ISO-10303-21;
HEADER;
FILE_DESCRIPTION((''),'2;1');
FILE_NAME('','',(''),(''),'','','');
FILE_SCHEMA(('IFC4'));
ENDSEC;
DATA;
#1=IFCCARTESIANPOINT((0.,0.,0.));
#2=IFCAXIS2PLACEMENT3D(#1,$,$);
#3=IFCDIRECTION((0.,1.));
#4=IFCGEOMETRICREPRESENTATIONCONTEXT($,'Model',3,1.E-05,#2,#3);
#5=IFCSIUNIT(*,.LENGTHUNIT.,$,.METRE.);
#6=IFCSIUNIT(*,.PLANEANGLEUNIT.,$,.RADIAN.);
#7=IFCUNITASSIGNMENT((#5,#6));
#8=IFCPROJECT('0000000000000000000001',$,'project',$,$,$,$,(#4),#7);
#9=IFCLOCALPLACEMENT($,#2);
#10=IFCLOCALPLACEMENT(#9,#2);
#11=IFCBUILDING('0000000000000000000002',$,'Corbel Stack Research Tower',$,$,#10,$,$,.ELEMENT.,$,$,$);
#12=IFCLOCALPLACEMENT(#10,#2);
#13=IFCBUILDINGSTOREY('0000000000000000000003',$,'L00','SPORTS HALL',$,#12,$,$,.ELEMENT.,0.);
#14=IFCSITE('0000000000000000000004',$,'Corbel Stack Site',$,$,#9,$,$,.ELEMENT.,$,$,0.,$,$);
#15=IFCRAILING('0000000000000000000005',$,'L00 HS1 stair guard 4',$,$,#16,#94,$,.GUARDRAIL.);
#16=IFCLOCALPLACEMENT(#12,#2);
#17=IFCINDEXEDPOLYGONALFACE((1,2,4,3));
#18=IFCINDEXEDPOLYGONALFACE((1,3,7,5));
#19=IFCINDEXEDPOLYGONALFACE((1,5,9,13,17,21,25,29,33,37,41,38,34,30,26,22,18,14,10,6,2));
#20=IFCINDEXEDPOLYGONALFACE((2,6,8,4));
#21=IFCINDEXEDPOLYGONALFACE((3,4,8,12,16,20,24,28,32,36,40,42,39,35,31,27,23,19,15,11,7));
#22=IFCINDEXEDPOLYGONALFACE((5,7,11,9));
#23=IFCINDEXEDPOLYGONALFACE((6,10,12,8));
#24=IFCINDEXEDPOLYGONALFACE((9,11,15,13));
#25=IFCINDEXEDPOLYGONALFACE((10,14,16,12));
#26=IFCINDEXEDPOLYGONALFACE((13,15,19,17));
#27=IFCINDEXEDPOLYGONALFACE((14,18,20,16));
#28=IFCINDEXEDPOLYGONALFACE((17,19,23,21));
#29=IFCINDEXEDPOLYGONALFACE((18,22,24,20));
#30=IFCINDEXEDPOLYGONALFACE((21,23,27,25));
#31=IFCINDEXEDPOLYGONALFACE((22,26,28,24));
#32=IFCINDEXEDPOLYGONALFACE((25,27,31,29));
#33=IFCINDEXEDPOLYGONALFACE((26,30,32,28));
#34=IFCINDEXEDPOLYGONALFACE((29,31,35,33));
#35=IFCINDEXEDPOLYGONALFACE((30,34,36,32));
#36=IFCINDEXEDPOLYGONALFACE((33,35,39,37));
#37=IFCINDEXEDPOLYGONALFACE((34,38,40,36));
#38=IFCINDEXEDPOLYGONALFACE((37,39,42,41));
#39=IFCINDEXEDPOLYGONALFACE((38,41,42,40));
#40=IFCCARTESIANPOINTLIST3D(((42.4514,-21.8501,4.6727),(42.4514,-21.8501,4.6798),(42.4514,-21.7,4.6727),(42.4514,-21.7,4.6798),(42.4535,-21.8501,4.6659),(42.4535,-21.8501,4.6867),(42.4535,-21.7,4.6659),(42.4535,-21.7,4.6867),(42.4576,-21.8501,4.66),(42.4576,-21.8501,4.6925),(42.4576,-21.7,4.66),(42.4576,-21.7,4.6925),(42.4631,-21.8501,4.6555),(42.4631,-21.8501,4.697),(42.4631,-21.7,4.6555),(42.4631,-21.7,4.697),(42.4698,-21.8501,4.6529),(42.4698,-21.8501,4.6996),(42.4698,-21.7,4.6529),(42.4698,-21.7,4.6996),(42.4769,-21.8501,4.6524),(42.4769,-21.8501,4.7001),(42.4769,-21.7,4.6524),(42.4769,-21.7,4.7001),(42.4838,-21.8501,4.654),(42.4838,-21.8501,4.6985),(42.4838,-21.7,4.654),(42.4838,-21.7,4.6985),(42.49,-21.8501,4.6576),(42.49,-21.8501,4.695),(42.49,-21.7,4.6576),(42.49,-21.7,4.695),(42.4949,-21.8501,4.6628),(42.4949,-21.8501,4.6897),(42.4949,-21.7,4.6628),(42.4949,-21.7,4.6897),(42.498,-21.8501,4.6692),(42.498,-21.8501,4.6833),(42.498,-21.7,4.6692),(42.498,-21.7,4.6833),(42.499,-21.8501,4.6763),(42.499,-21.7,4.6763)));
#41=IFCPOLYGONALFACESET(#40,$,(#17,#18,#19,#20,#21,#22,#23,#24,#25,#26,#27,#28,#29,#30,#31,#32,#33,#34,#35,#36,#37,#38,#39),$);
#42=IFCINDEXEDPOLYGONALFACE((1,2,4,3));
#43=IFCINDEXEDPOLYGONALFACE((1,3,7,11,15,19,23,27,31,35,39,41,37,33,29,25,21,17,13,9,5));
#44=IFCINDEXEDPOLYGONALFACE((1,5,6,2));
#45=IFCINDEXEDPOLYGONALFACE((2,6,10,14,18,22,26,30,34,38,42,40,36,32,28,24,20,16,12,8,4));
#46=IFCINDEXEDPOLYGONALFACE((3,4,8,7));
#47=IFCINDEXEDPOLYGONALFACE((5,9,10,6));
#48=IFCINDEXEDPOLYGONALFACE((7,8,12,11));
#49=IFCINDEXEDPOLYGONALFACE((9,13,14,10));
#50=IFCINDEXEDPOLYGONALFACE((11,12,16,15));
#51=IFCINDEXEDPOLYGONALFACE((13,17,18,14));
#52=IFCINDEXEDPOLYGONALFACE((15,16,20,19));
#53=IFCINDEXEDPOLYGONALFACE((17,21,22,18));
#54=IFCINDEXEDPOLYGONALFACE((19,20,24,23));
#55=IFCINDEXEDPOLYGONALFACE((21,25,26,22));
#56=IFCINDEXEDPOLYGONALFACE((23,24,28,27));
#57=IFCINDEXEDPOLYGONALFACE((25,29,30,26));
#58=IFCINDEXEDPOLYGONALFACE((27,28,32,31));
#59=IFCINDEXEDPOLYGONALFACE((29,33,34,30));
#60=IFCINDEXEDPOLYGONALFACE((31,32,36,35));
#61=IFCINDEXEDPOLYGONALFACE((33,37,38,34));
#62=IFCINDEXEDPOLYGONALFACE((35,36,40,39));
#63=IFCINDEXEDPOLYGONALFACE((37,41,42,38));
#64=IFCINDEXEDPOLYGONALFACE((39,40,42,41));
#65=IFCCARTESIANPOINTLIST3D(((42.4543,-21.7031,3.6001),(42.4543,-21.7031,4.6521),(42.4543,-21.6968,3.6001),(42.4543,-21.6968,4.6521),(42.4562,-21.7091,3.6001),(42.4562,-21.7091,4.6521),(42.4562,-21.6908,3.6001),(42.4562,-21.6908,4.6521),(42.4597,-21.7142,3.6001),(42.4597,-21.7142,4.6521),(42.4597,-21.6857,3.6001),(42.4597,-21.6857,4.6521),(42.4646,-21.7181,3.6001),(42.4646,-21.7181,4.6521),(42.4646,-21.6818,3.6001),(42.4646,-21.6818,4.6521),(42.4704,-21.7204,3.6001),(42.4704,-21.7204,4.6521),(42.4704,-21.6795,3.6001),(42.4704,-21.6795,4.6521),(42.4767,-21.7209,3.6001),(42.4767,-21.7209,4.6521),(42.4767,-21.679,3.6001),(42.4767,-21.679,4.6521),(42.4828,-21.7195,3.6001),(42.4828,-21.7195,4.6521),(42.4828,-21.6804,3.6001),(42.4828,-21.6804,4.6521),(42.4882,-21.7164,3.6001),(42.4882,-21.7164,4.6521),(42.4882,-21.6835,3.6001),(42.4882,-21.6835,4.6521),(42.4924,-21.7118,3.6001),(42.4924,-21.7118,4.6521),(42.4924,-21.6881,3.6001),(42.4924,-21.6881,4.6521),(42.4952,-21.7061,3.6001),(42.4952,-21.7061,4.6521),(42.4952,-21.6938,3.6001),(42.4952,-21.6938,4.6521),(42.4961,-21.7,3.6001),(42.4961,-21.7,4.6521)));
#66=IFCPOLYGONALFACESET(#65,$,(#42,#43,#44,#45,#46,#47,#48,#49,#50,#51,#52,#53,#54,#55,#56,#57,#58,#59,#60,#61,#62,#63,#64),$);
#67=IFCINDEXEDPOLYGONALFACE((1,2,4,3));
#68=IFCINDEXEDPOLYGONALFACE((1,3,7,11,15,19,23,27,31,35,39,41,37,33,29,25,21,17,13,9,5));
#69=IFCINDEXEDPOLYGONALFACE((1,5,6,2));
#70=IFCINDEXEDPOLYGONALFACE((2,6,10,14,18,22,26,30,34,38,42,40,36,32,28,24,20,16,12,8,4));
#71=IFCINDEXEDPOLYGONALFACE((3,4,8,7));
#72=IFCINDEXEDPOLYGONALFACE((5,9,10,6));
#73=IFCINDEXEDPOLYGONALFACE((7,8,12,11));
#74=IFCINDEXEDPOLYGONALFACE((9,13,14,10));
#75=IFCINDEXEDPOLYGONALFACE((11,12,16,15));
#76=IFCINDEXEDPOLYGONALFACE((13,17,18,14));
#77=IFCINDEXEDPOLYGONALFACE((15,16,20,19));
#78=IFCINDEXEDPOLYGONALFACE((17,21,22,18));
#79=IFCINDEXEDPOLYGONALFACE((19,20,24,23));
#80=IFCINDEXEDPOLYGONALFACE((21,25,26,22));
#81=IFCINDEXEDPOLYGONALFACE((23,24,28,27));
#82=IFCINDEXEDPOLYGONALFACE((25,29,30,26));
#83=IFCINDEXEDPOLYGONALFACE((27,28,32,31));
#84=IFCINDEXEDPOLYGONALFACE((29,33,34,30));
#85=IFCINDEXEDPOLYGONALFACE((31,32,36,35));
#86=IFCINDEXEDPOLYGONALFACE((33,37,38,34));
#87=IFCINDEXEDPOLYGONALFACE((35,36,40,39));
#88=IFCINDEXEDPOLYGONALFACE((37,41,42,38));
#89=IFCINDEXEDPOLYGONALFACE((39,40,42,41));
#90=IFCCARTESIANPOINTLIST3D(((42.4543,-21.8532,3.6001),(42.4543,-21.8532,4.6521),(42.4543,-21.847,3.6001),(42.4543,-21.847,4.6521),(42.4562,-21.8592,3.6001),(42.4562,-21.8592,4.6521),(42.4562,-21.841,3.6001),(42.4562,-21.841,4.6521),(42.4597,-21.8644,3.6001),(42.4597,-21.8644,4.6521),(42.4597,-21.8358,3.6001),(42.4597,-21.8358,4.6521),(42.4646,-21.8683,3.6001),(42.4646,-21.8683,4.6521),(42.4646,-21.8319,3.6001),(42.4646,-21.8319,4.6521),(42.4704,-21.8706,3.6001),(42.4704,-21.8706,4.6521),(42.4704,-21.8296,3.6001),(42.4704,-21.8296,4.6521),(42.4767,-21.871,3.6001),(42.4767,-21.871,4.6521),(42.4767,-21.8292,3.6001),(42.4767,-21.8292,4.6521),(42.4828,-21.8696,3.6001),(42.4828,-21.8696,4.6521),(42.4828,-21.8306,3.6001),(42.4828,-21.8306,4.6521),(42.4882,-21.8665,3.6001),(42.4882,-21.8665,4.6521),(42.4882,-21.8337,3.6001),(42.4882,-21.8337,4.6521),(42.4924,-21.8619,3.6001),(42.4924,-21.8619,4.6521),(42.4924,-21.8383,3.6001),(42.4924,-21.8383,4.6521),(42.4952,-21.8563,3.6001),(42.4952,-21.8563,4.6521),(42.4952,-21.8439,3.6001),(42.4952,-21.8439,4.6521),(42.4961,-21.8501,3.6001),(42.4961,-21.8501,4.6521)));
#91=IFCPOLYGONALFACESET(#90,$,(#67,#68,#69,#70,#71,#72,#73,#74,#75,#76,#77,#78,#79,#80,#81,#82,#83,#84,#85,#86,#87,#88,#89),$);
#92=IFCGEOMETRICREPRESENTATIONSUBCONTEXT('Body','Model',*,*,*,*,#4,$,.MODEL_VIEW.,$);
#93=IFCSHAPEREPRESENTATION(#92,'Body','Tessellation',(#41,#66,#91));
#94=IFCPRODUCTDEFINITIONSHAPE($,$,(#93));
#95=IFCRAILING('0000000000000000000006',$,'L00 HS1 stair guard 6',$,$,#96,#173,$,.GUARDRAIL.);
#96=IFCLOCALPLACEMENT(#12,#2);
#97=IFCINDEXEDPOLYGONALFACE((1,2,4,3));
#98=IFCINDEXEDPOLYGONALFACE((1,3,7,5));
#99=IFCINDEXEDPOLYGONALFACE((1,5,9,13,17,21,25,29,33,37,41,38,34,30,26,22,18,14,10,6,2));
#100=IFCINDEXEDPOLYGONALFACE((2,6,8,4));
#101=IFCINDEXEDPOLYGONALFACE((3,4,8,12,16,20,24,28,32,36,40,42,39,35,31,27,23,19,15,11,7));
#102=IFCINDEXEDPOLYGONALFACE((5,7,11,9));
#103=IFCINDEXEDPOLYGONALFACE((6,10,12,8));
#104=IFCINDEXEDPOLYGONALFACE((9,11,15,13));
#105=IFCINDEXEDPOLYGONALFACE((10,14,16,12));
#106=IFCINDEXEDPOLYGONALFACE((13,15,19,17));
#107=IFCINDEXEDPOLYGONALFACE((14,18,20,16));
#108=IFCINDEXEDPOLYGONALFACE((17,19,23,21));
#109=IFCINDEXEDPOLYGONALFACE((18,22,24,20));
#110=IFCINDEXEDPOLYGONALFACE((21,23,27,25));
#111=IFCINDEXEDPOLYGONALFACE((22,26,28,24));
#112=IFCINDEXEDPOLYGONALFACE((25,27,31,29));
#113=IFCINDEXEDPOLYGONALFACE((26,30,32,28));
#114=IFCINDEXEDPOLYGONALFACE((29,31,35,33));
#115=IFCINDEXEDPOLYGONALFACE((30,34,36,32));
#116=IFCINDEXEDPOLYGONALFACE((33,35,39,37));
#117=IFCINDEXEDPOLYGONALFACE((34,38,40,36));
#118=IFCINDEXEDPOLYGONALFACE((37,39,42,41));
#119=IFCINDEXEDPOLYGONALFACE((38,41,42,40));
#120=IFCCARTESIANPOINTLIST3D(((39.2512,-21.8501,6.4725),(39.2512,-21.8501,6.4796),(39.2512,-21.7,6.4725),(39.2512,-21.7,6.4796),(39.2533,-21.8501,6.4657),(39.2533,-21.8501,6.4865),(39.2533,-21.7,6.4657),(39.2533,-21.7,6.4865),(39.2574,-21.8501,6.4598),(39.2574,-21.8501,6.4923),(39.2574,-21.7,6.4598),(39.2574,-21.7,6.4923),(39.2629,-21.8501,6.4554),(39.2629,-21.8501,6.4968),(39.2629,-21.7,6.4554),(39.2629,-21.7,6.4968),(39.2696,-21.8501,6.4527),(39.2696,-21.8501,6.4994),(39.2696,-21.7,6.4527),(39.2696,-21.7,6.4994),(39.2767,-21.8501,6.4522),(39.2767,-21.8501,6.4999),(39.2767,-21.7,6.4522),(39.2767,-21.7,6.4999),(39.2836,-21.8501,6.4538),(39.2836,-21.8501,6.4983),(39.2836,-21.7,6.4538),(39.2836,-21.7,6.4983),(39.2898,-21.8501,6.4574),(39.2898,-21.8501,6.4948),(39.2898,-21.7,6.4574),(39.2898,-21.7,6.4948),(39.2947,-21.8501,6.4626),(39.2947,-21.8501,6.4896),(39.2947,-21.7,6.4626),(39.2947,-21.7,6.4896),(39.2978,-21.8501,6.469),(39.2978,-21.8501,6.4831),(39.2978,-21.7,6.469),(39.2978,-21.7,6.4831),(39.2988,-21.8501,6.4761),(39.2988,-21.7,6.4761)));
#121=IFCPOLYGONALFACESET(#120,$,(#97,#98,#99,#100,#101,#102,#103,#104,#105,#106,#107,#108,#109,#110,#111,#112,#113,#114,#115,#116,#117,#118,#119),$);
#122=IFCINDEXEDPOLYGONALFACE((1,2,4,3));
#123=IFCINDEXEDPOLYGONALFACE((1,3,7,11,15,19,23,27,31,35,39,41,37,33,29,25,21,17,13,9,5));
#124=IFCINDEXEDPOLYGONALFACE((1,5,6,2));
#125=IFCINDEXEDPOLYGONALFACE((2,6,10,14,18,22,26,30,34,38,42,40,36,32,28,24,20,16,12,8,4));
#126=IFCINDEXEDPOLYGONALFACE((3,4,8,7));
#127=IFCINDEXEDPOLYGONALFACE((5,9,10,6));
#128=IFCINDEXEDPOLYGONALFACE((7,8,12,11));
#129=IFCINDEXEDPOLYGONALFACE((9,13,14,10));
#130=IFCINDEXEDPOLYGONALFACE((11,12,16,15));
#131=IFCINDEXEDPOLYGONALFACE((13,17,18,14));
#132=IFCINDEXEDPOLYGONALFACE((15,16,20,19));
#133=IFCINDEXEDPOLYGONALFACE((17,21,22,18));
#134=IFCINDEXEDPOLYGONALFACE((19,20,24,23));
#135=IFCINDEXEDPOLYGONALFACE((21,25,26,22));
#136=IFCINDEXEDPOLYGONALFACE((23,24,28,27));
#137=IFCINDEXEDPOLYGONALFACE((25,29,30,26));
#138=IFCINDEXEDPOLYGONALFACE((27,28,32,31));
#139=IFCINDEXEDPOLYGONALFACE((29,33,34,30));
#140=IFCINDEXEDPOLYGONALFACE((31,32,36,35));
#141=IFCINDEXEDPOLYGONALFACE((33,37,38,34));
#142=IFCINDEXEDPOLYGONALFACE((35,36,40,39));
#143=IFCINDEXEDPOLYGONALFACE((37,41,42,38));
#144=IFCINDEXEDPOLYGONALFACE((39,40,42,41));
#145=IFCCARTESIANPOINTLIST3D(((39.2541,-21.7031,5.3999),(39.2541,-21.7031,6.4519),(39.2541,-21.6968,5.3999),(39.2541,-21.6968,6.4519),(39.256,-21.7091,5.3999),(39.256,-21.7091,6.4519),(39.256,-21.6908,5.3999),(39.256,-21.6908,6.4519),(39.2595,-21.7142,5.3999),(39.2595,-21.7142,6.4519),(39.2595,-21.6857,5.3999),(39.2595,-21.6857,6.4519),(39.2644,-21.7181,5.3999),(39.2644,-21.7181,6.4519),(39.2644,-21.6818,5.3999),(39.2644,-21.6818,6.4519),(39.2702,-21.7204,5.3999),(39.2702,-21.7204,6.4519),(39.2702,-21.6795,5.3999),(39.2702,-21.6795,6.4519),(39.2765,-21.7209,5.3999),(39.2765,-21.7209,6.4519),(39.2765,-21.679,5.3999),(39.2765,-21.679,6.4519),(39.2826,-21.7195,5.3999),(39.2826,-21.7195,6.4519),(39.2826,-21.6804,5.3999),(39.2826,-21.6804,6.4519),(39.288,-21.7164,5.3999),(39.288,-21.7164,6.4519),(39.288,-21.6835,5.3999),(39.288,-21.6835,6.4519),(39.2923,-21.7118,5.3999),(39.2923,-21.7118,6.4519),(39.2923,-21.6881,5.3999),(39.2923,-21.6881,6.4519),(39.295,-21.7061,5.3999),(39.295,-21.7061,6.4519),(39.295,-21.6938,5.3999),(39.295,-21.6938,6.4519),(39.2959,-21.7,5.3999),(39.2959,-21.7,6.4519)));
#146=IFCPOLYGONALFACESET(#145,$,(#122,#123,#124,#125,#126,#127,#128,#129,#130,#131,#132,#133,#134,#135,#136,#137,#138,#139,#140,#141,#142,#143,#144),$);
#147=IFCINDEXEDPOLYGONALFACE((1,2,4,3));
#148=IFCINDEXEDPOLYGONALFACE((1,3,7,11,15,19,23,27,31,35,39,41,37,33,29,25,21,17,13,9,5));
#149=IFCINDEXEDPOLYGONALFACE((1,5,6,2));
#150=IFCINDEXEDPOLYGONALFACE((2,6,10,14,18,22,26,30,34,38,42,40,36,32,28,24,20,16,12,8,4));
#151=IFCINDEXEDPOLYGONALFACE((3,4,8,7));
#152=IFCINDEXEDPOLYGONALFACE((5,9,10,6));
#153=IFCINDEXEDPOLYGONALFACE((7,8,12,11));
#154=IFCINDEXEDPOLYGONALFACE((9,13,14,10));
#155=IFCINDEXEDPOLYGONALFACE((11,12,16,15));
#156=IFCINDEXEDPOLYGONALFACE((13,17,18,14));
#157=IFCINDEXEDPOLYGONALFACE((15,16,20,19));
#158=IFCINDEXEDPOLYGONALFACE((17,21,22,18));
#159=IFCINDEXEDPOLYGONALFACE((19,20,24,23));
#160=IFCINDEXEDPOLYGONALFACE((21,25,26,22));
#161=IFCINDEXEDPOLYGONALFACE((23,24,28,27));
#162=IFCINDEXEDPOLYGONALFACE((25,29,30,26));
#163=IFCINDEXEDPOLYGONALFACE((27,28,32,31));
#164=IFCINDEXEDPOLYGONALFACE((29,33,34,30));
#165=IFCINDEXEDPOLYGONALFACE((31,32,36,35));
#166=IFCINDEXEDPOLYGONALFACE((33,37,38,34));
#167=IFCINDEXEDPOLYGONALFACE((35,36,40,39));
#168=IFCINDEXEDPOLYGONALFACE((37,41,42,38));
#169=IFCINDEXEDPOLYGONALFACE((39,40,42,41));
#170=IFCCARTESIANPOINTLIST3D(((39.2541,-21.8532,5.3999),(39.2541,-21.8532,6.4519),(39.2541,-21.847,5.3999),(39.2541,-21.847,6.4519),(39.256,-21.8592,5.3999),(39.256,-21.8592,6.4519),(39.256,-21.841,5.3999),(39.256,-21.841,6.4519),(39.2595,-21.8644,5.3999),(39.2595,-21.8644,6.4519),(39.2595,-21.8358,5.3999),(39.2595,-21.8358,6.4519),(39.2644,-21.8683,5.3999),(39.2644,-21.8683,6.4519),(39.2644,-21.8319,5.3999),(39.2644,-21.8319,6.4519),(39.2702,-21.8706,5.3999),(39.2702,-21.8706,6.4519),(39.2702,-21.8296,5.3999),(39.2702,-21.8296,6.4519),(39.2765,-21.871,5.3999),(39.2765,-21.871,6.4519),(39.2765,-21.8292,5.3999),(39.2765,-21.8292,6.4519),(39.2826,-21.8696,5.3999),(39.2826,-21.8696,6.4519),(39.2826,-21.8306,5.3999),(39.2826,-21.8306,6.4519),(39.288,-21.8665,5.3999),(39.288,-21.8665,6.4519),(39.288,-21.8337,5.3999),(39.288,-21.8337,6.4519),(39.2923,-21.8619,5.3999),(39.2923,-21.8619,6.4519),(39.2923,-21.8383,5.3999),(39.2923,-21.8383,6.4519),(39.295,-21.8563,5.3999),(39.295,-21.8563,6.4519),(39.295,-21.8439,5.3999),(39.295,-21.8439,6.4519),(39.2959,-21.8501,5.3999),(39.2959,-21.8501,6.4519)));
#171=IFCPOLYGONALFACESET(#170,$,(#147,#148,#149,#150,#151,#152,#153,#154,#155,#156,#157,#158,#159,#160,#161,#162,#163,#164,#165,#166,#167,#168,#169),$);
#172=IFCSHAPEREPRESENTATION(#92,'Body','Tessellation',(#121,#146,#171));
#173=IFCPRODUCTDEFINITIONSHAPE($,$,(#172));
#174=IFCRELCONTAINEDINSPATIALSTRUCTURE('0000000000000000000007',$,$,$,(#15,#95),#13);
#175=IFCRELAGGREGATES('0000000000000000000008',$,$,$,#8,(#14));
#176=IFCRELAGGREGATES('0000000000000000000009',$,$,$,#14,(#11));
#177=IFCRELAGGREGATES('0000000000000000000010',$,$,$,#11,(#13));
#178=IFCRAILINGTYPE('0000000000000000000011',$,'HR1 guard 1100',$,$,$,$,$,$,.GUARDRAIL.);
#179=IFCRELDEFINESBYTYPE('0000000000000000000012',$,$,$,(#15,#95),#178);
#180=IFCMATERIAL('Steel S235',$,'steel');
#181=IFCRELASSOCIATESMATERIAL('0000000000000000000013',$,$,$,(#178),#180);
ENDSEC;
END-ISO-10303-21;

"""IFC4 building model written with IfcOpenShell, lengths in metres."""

from ifc_helpers import new_model, si_unit, direction, frame, origin, origin_2d, place, context, subcontext, project, spatial, circle, extrude, material, type_object, element, save


model = new_model("IFC4")

# Units and contexts
model_context = context("Model", 3, precision=1e-05, world=origin(), true_north=direction((0.0, 1.0)))
body_context = subcontext(model_context, "Body", "Model", "MODEL_VIEW")
ifc_project = project(units=[si_unit("LENGTHUNIT", "METRE"), si_unit("PLANEANGLEUNIT", "RADIAN")], contexts=[model_context])

# Site, building, storey
site_placement = place(None, origin())
site = spatial("IfcSite", under=ifc_project, at=site_placement, Name="Corbel Stack Site", CompositionType="ELEMENT", RefElevation=0.0)
building_placement = place(site_placement, origin())
building = spatial("IfcBuilding", under=site, at=building_placement, Name="Corbel Stack Research Tower", CompositionType="ELEMENT")
storey_placement = place(building_placement, origin())
storey = spatial("IfcBuildingStorey", under=building, at=storey_placement, Name="L00", Description="SPORTS HALL", CompositionType="ELEMENT", Elevation=0.0)

# Railings
ifc_material_1 = material(Name="Steel S235", Category="steel")
railing_type_1 = type_object("IfcRailingType", Name="HR1 guard 1100", PredefinedType="GUARDRAIL", material=ifc_material_1)
for number, where, name in (
    (1, (42.4751, -21.7, 3.6001), "L00 HS1 stair guard 4"),
    (2, (39.2749, -21.7, 5.3999), "L00 HS1 stair guard 6"),
):
    element("IfcRailing", number, at=place(storey_placement, frame(where)), inside=storey, type_object=railing_type_1, Name=name, PredefinedType="GUARDRAIL", context=body_context, shape_type="SweptSolid", body=[
        extrude(circle(Radius=0.0239, at=origin_2d()), frame((0.0, 0.0, 1.0762), z_axis=(0.0, -1.0, 0.0), x_axis=(1.0, 0.0, 0.0)), (0.0, 0.0, 1.0), 0.1501),
        extrude(circle(Radius=0.021, at=origin_2d()), origin(), (0.0, 0.0, 1.0), 1.052),
        extrude(circle(Radius=0.021, at=origin_2d()), frame((0.0, -0.1501, 0.0)), (0.0, 0.0, 1.0), 1.052),
    ])

save(model, "model.ifc")
